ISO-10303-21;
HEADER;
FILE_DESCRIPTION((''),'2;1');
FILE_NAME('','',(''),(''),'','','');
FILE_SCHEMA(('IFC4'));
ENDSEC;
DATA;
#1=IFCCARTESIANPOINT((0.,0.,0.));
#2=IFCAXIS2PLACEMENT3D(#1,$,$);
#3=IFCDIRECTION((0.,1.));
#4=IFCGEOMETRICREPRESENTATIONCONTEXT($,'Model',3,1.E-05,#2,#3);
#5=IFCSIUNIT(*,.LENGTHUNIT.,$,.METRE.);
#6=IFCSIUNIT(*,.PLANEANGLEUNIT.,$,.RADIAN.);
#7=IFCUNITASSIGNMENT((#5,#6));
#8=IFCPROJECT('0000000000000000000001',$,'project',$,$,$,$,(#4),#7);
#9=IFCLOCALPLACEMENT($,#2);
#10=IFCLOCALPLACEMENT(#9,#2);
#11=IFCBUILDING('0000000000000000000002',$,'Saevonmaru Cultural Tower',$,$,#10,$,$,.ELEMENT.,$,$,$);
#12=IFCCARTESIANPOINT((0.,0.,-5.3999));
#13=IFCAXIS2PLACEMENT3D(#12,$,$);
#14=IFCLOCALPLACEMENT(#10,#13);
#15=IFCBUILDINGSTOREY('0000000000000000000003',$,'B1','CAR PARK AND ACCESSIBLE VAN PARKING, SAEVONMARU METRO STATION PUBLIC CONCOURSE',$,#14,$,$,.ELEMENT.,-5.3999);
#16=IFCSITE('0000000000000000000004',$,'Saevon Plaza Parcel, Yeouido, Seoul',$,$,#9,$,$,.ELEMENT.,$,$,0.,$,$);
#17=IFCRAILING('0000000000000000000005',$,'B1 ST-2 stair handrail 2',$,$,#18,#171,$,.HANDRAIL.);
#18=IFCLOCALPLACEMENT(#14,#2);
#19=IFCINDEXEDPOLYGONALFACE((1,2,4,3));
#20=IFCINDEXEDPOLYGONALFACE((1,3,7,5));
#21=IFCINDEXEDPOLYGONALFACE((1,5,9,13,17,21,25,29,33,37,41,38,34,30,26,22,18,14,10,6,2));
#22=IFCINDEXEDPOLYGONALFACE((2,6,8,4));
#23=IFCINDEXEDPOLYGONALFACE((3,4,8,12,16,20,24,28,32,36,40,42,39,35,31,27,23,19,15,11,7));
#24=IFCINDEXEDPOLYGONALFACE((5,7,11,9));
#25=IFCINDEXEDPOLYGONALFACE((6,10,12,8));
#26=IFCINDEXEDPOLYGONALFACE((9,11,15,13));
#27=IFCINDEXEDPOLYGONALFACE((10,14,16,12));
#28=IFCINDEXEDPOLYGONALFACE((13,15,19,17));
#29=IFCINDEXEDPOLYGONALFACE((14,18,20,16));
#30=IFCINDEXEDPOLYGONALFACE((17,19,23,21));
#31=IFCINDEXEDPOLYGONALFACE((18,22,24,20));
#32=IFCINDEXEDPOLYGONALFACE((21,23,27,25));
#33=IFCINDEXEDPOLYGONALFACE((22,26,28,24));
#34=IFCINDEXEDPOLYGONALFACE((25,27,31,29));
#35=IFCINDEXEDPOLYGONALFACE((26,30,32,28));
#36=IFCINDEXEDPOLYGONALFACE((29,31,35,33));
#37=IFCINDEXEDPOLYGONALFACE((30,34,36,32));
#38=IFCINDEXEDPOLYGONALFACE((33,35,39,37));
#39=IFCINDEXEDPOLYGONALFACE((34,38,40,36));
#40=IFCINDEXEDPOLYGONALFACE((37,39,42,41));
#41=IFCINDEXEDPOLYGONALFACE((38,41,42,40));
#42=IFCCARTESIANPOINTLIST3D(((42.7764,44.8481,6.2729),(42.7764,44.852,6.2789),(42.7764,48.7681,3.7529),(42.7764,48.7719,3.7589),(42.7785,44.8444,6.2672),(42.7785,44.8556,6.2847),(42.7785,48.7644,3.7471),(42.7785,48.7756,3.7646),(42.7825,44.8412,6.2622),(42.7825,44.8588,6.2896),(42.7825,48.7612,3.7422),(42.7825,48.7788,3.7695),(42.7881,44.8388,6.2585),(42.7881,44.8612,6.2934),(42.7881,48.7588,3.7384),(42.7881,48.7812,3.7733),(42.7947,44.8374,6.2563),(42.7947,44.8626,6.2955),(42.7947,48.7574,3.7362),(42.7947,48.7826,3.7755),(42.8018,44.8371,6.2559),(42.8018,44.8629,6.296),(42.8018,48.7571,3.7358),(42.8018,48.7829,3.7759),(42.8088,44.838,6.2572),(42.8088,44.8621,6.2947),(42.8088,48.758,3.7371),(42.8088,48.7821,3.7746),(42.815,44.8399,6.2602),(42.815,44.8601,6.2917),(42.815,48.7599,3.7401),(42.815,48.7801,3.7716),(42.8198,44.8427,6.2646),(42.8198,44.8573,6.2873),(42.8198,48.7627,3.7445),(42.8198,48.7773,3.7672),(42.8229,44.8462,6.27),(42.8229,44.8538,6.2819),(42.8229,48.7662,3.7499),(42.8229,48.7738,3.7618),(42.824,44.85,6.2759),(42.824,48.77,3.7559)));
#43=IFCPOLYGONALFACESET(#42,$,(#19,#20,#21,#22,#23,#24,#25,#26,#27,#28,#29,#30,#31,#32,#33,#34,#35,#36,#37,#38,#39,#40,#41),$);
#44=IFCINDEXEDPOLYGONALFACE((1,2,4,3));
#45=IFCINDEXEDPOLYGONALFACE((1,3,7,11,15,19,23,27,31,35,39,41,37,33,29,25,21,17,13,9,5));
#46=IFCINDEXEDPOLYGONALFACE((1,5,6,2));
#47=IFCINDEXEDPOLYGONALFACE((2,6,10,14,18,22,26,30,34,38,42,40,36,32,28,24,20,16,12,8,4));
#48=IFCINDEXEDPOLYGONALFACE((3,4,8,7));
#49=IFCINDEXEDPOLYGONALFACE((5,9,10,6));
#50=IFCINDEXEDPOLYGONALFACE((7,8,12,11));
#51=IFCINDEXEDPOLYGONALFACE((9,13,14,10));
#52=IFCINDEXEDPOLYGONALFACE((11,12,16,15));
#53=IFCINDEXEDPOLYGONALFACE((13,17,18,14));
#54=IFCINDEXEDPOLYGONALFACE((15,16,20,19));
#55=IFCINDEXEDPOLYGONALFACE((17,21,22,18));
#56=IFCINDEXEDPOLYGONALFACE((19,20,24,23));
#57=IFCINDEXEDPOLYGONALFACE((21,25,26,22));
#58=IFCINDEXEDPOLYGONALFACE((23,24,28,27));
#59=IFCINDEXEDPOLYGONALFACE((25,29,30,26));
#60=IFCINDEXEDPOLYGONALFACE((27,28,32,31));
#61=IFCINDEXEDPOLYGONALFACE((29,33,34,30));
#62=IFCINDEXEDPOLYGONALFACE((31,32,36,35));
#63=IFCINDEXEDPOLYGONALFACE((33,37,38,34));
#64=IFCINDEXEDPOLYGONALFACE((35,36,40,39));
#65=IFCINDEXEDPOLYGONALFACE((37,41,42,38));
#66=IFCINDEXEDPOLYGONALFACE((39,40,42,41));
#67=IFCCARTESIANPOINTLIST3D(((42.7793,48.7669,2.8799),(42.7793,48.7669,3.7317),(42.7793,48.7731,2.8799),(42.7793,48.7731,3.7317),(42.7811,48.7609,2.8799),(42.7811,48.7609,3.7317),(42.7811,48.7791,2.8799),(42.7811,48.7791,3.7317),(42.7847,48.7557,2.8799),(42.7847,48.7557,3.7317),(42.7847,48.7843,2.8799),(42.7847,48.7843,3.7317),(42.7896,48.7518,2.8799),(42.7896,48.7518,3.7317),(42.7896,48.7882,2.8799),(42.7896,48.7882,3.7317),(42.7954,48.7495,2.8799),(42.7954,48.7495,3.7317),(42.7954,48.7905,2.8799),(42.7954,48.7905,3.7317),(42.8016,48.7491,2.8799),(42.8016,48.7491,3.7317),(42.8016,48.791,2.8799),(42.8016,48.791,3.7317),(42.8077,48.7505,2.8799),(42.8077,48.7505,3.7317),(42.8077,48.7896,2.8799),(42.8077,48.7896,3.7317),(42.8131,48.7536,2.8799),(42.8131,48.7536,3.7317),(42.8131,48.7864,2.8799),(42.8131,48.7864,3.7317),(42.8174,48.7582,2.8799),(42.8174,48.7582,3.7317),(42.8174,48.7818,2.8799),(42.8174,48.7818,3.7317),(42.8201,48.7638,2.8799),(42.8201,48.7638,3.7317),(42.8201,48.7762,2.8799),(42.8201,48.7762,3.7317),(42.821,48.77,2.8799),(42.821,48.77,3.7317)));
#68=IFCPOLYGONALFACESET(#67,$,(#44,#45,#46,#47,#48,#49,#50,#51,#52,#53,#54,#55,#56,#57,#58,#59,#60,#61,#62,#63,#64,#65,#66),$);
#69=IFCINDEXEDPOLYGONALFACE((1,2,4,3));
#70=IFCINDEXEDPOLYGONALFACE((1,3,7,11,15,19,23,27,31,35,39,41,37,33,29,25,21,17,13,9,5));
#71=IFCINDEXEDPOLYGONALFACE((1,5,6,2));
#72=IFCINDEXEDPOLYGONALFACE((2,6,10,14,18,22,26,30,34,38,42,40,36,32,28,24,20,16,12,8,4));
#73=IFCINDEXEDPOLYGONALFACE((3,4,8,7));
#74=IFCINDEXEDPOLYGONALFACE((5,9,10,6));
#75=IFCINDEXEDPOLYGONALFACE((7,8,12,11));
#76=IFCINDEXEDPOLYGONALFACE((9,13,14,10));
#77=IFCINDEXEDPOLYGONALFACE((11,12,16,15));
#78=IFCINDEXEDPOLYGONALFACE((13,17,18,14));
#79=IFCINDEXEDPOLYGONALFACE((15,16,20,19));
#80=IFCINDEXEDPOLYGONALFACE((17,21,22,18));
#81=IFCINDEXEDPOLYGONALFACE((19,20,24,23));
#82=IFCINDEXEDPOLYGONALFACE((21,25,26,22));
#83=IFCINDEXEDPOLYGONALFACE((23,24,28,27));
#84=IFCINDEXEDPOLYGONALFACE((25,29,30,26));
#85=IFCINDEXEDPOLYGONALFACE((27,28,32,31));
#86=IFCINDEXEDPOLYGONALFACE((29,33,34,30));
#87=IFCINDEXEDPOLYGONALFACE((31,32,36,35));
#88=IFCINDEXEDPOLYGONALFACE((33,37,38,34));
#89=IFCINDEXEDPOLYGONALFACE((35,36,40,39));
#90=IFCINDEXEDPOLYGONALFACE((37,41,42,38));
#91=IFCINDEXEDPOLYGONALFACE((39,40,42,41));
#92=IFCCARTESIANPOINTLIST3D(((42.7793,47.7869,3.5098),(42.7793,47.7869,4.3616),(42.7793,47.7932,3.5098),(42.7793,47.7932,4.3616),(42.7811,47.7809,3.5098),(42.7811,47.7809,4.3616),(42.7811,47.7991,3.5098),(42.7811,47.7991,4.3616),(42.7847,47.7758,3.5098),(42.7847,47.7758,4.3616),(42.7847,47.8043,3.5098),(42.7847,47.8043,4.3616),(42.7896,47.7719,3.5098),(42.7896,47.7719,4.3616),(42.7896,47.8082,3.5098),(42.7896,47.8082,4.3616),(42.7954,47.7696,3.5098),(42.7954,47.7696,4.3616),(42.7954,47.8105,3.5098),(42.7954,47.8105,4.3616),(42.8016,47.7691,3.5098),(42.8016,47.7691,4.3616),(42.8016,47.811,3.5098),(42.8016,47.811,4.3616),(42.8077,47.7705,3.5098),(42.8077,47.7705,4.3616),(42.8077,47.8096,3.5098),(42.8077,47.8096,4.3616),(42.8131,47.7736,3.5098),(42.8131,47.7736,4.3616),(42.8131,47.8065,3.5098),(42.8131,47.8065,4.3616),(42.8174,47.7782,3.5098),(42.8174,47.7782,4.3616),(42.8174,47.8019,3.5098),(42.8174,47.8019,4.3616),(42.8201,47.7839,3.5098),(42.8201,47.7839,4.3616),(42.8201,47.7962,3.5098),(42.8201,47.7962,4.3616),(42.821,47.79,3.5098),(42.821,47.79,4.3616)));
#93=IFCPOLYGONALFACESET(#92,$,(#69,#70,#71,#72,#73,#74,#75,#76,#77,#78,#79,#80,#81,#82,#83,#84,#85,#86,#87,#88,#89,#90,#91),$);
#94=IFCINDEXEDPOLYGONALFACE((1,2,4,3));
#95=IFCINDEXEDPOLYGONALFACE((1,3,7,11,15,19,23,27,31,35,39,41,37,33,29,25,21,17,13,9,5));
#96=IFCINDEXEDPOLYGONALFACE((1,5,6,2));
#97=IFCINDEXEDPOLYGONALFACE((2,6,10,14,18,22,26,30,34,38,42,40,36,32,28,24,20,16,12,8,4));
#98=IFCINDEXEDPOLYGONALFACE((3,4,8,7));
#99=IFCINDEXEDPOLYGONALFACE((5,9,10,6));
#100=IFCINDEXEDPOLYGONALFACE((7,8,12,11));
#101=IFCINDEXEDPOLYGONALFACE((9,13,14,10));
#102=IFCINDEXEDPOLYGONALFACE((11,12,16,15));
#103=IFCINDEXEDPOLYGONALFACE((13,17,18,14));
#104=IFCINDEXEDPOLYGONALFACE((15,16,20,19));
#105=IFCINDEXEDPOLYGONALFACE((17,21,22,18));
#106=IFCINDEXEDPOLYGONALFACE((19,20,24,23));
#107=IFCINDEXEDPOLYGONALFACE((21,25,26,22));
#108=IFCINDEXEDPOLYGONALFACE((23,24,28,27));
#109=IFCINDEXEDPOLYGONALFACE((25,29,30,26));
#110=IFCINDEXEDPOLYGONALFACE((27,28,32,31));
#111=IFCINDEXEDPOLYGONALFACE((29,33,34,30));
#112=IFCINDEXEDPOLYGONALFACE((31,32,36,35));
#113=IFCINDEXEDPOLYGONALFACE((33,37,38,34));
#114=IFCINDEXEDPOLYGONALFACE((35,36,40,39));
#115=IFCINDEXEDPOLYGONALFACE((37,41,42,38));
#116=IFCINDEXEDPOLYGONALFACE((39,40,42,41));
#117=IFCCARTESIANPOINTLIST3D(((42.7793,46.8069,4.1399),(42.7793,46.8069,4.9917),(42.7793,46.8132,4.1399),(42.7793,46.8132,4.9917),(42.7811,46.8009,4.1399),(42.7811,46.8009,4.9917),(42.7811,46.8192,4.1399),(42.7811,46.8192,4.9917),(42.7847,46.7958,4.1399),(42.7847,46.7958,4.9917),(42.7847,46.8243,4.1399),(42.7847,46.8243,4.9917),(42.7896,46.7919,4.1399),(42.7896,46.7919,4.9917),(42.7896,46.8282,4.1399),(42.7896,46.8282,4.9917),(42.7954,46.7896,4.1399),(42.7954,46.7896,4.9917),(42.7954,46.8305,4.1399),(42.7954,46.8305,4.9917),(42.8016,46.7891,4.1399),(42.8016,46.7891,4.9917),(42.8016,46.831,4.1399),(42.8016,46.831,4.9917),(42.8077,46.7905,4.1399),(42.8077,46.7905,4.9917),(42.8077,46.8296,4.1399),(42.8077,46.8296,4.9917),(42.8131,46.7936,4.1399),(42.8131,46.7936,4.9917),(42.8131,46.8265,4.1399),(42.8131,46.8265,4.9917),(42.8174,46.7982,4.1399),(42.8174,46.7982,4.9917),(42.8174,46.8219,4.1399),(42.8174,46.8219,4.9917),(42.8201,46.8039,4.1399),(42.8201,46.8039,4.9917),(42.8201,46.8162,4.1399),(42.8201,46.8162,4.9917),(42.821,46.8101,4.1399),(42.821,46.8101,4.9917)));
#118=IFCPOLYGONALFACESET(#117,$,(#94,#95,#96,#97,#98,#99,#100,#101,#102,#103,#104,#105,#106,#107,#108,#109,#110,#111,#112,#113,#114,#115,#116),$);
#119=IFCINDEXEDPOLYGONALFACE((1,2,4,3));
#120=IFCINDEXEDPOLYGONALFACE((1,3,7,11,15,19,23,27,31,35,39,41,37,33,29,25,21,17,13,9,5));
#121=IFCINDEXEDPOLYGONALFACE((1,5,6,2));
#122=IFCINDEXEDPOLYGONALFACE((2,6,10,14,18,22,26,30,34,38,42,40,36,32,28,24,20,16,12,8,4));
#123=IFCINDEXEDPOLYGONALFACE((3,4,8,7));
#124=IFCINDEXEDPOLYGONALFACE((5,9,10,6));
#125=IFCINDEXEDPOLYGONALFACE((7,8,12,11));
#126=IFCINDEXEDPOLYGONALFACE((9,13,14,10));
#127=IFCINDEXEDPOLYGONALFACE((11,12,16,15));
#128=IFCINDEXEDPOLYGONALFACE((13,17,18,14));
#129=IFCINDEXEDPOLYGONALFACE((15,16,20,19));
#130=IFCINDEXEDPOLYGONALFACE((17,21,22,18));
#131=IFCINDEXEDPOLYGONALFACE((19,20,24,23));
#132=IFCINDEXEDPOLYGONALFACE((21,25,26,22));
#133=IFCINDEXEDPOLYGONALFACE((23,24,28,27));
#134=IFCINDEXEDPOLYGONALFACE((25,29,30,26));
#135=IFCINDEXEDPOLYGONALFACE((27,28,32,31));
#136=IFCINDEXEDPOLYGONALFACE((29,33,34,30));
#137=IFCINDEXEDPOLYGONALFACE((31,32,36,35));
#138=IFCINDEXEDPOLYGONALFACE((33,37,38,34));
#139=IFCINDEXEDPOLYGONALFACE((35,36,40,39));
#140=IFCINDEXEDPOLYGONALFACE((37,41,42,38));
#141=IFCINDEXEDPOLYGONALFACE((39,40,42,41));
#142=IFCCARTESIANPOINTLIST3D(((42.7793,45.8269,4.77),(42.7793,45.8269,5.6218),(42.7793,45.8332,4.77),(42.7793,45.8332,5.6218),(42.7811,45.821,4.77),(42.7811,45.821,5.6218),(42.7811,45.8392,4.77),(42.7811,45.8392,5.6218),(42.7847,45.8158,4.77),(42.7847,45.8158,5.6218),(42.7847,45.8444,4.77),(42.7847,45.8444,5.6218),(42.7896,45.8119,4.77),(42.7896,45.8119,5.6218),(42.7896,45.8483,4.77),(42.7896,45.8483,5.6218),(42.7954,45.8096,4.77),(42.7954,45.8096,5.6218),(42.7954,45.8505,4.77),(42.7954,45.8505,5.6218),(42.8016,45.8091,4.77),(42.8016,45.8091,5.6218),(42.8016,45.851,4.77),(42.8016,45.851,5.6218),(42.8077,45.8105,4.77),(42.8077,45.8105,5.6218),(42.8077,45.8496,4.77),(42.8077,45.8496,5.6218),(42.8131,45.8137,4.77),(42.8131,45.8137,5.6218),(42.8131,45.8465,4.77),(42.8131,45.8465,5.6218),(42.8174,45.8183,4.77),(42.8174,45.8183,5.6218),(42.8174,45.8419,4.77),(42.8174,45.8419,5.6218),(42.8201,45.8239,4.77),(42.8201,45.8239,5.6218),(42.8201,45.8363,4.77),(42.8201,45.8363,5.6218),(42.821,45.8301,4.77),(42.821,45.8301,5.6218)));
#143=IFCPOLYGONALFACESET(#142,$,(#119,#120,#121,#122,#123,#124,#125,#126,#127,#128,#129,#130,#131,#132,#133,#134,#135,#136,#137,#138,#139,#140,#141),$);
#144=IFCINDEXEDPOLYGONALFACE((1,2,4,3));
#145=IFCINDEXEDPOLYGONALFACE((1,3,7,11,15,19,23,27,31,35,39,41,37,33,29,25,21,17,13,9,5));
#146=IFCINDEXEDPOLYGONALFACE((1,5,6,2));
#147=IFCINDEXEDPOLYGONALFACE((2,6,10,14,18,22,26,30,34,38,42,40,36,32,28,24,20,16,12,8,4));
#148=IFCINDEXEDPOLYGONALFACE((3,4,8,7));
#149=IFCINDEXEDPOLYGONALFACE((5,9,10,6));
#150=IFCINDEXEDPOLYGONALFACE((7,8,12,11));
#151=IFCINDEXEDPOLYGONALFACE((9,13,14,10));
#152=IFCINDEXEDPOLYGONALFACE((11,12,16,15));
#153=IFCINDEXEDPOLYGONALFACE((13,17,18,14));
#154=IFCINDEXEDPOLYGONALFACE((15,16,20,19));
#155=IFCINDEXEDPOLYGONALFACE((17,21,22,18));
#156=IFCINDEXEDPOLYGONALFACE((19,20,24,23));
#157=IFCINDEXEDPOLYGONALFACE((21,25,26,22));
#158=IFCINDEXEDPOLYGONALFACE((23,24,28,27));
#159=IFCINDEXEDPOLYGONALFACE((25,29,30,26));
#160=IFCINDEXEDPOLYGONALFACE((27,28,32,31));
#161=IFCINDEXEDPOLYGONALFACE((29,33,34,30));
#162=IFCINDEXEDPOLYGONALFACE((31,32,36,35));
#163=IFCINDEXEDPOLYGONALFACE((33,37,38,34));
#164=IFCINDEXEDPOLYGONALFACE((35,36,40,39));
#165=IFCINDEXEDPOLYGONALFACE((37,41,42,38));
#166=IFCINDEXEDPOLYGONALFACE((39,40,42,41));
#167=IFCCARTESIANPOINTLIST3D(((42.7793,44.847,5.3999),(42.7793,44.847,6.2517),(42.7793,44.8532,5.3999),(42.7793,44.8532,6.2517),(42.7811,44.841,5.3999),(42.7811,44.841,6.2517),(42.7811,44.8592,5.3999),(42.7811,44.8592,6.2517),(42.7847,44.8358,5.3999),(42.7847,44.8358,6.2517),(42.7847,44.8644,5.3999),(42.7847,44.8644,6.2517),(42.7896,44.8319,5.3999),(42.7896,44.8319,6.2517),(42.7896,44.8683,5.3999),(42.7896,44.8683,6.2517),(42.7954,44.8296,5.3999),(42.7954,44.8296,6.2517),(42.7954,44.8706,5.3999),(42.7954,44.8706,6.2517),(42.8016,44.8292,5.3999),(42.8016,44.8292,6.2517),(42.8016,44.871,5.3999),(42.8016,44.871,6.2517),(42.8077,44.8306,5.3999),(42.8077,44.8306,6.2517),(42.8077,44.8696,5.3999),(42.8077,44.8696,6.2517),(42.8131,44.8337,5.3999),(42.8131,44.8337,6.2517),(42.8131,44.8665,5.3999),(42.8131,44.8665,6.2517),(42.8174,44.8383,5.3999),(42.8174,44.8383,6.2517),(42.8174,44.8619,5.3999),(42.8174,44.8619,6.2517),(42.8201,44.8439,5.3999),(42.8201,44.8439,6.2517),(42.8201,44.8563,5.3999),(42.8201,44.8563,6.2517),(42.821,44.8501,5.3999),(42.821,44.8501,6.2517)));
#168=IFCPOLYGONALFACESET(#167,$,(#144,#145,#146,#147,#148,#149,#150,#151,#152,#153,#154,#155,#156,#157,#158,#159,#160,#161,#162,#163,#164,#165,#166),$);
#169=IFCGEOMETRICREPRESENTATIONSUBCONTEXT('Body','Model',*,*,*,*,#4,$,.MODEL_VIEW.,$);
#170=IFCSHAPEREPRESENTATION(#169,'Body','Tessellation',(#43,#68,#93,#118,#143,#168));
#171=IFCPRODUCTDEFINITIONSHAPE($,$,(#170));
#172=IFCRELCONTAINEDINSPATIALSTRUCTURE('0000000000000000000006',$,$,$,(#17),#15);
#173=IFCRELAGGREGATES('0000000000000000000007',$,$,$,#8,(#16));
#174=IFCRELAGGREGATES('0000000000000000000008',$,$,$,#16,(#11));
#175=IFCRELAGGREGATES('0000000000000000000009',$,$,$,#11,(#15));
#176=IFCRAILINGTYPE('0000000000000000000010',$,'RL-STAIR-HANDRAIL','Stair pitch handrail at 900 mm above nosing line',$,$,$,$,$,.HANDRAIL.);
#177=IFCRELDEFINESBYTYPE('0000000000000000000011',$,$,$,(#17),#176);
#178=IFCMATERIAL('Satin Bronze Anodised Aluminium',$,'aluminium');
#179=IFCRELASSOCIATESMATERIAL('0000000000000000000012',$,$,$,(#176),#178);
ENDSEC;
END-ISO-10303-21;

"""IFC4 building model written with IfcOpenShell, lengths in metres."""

from ifc_helpers import new_model, si_unit, direction, frame, origin, origin_2d, place, context, subcontext, project, spatial, circle, extrude, material, type_object, element, save


model = new_model("IFC4")

# Units and contexts
model_context = context("Model", 3, precision=1e-05, world=origin(), true_north=direction((0.0, 1.0)))
body_context = subcontext(model_context, "Body", "Model", "MODEL_VIEW")
ifc_project = project(units=[si_unit("LENGTHUNIT", "METRE"), si_unit("PLANEANGLEUNIT", "RADIAN")], contexts=[model_context])

# Site, building, storey
site_placement = place(None, origin())
site = spatial("IfcSite", under=ifc_project, at=site_placement, Name="Saevon Plaza Parcel, Yeouido, Seoul", CompositionType="ELEMENT", RefElevation=0.0)
building_placement = place(site_placement, origin())
building = spatial("IfcBuilding", under=site, at=building_placement, Name="Saevonmaru Cultural Tower", CompositionType="ELEMENT")
storey_placement = place(building_placement, frame((0.0, 0.0, -5.3999)))
storey = spatial("IfcBuildingStorey", under=building, at=storey_placement, Name="B1", Description="CAR PARK AND ACCESSIBLE VAN PARKING, SAEVONMARU METRO STATION PUBLIC CONCOURSE", CompositionType="ELEMENT", Elevation=-5.3999)

# Shared definitions
ifc_material_1 = material(Name="Satin Bronze Anodised Aluminium", Category="aluminium")

# Railing
railing_type_1 = type_object("IfcRailingType", Name="RL-STAIR-HANDRAIL", Description="Stair pitch handrail at 900 mm above nosing line", PredefinedType="HANDRAIL", material=ifc_material_1)
railing_1_placement = place(storey_placement, frame((42.8, 48.77, 2.8799)))
element("IfcRailing", 1, at=railing_1_placement, inside=storey, type_object=railing_type_1, Name="B1 ST-2 stair handrail 2", PredefinedType="HANDRAIL", context=body_context, shape_type="SweptSolid", body=[
    extrude(circle(Radius=0.0239, at=origin_2d()), frame((0.0, 0.0, 0.876), z_axis=(0.0, -0.841172, 0.540768), x_axis=(1.0, 0.0, 0.0)), (0.0, 0.0, 1.0), 4.6602),
    extrude(circle(Radius=0.021, at=origin_2d()), origin(), (0.0, 0.0, 1.0), 0.8518),
    extrude(circle(Radius=0.021, at=origin_2d()), frame((0.0, -0.98, 0.6299)), (0.0, 0.0, 1.0), 0.8518),
    extrude(circle(Radius=0.021, at=origin_2d()), frame((0.0, -1.96, 1.26)), (0.0, 0.0, 1.0), 0.8518),
    extrude(circle(Radius=0.021, at=origin_2d()), frame((0.0, -2.9399, 1.8901)), (0.0, 0.0, 1.0), 0.8518),
    extrude(circle(Radius=0.021, at=origin_2d()), frame((0.0, -3.9199, 2.52)), (0.0, 0.0, 1.0), 0.8518),
])

save(model, "model.ifc")
